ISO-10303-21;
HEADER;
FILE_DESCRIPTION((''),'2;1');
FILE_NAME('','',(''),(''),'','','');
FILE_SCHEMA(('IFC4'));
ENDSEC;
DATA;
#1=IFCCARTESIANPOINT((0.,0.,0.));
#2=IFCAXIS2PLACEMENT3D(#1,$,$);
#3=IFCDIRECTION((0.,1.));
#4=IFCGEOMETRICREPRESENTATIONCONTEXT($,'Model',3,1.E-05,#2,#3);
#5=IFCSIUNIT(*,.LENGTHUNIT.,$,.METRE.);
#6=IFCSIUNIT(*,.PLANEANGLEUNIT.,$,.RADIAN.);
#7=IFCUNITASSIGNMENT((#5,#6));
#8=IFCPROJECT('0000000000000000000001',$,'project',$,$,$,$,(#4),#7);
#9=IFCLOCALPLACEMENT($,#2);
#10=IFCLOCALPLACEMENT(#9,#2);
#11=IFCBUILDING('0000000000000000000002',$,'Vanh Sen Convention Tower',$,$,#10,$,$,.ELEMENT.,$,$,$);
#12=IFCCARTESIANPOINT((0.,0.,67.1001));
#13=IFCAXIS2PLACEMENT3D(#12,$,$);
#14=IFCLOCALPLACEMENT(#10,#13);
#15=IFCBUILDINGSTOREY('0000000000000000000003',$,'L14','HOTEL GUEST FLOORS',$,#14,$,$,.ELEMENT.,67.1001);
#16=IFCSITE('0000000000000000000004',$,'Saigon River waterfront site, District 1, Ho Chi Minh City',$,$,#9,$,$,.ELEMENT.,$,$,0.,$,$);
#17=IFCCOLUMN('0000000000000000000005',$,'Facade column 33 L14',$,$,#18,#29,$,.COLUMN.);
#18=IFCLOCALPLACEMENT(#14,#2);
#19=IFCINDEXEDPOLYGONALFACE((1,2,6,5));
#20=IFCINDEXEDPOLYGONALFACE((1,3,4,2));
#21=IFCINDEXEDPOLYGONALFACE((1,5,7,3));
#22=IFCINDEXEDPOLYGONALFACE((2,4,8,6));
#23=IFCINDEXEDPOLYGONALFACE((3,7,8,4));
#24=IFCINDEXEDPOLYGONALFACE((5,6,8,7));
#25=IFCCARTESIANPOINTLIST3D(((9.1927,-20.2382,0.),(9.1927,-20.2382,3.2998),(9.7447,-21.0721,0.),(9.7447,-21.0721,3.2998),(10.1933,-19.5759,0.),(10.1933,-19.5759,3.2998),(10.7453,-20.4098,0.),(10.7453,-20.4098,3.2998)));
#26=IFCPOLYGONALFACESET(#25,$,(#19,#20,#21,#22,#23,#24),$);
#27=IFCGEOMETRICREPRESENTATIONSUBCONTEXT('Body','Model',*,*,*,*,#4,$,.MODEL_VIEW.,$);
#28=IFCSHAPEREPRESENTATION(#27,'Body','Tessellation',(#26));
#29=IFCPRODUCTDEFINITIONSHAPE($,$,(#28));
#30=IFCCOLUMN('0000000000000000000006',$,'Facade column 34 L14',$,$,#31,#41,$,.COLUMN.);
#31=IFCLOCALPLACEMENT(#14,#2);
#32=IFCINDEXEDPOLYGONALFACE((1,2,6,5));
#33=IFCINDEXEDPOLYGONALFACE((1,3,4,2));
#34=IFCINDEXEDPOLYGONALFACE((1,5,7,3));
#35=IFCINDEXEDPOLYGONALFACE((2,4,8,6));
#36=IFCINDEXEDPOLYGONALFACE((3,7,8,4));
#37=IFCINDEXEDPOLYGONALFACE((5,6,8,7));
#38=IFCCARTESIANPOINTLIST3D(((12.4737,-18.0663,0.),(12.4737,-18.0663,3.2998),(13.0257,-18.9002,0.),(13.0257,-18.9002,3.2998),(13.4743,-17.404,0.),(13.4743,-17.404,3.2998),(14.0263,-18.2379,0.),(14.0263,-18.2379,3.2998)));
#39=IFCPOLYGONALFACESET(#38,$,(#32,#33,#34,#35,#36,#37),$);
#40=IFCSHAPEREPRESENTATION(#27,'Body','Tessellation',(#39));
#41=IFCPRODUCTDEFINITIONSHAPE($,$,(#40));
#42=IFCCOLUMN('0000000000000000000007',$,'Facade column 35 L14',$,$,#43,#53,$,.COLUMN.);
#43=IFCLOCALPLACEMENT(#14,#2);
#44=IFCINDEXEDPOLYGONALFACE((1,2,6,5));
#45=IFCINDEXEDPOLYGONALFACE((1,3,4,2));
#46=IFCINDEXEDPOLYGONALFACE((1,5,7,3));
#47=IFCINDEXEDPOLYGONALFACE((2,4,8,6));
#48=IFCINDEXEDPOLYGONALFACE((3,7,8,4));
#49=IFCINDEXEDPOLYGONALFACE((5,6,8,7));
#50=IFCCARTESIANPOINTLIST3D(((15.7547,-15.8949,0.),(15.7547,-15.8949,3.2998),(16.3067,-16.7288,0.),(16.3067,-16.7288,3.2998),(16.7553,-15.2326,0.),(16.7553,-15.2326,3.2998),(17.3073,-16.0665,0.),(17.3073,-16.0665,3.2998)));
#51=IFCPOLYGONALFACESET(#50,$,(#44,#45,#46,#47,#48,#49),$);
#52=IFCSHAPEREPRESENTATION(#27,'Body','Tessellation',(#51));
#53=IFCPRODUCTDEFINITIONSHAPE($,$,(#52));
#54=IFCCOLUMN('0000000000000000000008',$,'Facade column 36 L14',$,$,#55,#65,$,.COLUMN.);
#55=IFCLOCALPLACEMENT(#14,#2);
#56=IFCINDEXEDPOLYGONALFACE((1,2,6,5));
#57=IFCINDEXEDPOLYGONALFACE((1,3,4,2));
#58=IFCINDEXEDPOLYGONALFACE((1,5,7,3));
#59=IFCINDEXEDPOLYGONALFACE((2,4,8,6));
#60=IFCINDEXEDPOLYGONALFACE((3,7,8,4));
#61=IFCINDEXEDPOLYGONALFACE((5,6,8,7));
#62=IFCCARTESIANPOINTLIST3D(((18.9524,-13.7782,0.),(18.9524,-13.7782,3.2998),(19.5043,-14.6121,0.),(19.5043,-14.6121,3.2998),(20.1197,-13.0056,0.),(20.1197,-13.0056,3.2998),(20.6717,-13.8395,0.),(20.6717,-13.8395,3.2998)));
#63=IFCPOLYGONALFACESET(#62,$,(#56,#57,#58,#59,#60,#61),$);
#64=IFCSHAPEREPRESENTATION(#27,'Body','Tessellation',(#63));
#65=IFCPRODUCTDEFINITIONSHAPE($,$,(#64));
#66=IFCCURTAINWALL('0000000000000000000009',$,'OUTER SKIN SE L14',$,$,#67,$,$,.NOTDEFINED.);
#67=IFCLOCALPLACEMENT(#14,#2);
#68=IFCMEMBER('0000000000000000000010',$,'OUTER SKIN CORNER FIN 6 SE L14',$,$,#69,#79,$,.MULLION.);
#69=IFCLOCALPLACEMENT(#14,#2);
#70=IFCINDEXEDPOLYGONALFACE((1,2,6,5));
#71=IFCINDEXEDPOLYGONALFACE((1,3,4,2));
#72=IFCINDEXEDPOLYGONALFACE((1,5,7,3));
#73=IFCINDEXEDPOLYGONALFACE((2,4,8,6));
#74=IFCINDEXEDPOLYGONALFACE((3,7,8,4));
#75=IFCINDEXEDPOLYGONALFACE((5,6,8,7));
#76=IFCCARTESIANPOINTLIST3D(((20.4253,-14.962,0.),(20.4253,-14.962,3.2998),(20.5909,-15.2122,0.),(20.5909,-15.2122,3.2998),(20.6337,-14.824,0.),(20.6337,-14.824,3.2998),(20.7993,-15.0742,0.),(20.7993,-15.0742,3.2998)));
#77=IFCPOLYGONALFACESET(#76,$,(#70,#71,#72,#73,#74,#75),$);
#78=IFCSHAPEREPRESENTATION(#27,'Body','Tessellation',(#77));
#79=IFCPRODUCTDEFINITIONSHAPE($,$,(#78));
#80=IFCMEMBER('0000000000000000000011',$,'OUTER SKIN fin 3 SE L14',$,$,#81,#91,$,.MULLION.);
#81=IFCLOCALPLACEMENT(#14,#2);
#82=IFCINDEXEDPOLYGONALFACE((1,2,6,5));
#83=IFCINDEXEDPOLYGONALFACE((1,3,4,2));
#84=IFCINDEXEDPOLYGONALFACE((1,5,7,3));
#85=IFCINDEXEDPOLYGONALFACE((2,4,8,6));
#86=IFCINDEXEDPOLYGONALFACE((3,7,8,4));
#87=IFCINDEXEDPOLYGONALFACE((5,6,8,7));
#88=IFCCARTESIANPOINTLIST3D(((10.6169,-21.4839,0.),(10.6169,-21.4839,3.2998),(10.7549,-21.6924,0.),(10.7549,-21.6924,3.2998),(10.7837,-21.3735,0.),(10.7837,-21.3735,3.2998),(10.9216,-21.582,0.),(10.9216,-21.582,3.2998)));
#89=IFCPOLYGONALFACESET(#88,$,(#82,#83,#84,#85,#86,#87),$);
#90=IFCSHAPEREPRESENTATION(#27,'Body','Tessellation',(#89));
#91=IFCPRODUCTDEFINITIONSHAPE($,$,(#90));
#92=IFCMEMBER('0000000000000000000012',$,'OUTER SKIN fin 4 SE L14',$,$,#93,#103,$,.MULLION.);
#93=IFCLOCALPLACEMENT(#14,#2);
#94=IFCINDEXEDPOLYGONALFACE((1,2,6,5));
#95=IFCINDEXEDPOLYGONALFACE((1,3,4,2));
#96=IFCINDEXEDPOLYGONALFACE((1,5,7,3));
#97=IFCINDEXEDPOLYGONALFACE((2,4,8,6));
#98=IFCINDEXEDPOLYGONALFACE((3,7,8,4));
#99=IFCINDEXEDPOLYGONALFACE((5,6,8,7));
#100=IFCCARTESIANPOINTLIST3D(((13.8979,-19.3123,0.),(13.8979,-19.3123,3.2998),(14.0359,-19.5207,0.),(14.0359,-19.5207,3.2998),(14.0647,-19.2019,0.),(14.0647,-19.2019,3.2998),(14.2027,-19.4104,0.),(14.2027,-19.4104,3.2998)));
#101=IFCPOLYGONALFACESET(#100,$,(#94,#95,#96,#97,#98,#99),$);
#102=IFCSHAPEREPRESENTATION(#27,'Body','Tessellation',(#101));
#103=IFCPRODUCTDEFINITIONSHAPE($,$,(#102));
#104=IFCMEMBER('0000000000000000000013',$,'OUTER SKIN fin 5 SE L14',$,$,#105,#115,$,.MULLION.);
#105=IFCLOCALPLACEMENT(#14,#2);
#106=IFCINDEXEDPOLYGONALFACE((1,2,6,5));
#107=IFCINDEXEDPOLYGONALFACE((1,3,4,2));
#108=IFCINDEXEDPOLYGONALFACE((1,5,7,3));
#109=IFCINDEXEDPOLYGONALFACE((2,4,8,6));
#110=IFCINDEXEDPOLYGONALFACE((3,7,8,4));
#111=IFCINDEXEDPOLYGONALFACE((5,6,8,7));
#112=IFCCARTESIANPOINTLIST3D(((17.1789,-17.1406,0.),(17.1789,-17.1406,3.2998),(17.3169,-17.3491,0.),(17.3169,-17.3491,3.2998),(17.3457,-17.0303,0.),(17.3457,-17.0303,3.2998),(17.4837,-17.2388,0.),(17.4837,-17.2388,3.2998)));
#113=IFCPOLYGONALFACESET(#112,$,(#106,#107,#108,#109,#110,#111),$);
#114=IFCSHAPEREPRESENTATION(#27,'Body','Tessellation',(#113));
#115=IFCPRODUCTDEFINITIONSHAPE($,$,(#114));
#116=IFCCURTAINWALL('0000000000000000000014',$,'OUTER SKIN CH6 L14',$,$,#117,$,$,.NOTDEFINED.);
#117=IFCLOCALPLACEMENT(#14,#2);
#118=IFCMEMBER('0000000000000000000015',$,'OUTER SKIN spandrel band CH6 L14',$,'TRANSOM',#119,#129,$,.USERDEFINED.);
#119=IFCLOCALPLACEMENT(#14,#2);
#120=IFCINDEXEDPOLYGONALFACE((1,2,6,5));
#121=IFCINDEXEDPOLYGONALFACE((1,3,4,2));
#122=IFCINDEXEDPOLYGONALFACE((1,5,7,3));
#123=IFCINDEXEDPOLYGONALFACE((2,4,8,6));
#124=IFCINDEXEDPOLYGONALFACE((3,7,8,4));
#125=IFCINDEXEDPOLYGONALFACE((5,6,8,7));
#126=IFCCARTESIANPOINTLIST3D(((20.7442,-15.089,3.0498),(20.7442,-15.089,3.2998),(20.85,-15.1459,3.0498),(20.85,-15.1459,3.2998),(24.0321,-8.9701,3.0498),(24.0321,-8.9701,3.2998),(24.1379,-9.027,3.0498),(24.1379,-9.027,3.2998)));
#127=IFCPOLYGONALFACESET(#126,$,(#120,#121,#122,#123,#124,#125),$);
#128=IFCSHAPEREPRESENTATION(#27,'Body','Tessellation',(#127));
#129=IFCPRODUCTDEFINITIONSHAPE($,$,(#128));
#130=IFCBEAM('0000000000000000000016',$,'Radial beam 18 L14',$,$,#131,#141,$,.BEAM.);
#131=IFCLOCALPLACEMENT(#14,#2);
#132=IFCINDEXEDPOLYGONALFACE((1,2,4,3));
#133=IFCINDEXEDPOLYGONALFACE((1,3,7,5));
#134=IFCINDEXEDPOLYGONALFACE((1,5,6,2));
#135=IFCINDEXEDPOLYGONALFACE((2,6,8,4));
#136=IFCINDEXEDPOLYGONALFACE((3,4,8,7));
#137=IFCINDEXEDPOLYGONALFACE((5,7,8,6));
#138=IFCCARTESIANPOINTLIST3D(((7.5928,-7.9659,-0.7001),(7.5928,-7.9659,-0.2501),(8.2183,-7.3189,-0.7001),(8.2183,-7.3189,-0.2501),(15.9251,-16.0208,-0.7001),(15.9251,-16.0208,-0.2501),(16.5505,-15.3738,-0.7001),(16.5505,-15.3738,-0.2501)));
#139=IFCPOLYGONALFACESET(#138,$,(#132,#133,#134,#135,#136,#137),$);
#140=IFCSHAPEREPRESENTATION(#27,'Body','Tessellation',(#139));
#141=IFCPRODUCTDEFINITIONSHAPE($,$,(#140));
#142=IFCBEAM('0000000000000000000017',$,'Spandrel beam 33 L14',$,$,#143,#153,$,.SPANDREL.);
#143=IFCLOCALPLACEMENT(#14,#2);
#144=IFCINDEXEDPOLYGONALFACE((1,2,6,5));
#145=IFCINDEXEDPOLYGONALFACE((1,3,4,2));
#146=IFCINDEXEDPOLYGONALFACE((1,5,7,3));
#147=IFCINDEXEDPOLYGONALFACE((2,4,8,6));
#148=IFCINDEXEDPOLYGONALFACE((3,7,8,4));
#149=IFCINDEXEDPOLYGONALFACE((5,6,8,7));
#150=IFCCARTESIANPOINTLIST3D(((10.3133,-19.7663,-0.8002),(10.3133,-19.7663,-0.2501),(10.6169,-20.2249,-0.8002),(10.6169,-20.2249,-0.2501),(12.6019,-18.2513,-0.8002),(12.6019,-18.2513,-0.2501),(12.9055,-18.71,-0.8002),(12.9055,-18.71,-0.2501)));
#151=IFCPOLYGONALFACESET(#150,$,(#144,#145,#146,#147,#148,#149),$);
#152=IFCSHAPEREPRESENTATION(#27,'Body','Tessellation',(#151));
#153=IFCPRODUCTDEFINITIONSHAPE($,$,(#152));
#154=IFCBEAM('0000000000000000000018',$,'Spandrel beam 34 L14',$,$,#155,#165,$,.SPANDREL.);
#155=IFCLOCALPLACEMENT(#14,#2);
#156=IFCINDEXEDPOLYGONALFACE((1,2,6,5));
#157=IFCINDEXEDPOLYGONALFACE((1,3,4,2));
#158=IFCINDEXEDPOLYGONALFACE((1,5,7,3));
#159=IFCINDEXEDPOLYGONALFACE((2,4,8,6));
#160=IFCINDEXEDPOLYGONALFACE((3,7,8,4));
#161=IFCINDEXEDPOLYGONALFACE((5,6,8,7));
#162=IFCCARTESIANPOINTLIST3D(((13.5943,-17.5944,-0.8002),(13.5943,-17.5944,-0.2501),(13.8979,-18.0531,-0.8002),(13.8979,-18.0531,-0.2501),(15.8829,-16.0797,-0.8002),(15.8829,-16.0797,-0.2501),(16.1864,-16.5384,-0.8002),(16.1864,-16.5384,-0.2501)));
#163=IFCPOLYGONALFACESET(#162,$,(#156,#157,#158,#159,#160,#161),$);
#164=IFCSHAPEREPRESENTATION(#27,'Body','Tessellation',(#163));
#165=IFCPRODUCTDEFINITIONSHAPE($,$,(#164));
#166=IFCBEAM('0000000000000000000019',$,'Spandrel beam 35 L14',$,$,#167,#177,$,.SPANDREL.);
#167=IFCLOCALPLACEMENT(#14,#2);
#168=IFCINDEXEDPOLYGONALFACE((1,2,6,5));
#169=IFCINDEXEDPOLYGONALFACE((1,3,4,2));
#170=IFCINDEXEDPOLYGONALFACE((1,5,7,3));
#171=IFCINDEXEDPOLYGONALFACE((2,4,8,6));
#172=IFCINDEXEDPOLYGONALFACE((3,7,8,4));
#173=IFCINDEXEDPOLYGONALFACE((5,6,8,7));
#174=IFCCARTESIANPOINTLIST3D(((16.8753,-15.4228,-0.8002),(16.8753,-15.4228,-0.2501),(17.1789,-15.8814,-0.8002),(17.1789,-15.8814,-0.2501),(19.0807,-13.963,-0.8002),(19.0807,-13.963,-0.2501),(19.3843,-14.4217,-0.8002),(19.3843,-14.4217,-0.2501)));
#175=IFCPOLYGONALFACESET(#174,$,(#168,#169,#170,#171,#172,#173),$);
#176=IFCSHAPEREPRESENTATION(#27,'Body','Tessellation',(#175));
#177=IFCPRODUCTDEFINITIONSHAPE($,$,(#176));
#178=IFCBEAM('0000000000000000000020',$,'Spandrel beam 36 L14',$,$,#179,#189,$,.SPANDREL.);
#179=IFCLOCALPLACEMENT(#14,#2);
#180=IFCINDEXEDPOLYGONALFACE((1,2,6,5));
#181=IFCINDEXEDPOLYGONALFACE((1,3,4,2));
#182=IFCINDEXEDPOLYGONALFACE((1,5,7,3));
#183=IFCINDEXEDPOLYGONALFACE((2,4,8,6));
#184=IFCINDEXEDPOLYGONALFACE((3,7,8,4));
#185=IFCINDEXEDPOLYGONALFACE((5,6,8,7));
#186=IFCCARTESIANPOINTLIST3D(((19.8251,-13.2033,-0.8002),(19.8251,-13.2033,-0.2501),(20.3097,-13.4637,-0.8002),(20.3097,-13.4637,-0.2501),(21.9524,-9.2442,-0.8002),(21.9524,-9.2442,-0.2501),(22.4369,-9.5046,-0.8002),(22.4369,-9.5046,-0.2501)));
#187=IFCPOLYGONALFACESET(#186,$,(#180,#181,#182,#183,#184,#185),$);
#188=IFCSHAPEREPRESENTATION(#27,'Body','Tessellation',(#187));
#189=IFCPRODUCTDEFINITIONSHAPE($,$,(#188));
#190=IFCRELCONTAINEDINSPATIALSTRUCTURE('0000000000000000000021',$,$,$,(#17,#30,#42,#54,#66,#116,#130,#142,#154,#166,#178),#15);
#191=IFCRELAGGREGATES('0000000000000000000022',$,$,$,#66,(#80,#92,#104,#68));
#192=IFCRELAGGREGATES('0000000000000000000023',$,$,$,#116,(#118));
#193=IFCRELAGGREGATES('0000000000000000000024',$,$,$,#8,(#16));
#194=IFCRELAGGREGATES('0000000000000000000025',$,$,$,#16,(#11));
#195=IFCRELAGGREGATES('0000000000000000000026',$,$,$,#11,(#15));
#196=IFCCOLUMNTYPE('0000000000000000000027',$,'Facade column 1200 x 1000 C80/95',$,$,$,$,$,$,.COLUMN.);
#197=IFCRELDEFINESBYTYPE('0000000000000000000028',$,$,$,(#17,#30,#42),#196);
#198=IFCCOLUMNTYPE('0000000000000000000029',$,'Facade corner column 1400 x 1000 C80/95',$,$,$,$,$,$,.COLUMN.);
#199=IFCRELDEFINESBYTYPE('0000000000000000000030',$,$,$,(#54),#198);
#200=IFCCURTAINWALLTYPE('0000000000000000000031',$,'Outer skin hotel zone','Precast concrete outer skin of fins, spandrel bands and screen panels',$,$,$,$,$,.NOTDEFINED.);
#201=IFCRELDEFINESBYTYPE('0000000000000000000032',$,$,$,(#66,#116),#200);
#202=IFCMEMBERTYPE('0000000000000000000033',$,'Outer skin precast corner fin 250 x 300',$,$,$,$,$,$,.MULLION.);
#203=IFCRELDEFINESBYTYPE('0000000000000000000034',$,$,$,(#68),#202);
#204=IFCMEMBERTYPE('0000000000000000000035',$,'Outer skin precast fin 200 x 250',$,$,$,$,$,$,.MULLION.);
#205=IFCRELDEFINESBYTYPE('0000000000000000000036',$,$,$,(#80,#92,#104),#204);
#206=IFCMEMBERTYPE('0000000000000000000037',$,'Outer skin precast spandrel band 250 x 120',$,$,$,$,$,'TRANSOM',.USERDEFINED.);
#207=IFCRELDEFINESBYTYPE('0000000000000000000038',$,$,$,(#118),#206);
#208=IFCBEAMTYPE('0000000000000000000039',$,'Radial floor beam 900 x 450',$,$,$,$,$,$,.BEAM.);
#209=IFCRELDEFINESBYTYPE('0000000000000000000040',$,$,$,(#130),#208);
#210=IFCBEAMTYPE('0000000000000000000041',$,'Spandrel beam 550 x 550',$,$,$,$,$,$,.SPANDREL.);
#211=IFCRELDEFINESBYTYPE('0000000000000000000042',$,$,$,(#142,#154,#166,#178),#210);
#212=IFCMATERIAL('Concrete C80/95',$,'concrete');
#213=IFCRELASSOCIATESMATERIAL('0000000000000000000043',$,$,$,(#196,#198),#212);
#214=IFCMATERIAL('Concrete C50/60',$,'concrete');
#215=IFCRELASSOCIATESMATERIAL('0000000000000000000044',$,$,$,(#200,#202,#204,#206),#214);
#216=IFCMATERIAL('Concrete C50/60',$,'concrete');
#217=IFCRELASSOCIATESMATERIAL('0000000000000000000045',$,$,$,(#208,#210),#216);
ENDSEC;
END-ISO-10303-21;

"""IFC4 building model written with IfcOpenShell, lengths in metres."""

from ifc_helpers import new_model, si_unit, direction, frame, origin, origin_2d, place, context, subcontext, project, spatial, rectangle, extrude, material, material_profile, profile_set, type_object, element, aggregate, save


model = new_model("IFC4")

# Units and contexts
model_context = context("Model", 3, precision=1e-05, world=origin(), true_north=direction((0.0, 1.0)))
body_context = subcontext(model_context, "Body", "Model", "MODEL_VIEW")
ifc_project = project(units=[si_unit("LENGTHUNIT", "METRE"), si_unit("PLANEANGLEUNIT", "RADIAN")], contexts=[model_context])

# Site, building, storey
site_placement = place(None, origin())
site = spatial("IfcSite", under=ifc_project, at=site_placement, Name="Saigon River waterfront site, District 1, Ho Chi Minh City", CompositionType="ELEMENT", RefElevation=0.0)
building_placement = place(site_placement, origin())
building = spatial("IfcBuilding", under=site, at=building_placement, Name="Vanh Sen Convention Tower", CompositionType="ELEMENT")
storey_placement = place(building_placement, frame((0.0, 0.0, 67.1001)))
storey = spatial("IfcBuildingStorey", under=building, at=storey_placement, Name="L14", Description="HOTEL GUEST FLOORS", CompositionType="ELEMENT", Elevation=67.1001)

# Columns
ifc_material_1 = material(Name="Concrete C80/95", Category="concrete")
ifc_material_profile_1 = material_profile(ifc_material_1, rectangle(XDim=1.2, YDim=1.0, at=origin_2d()), Name="RC 1200X1000")
ifc_profile_set_1 = profile_set([ifc_material_profile_1], Name="Concrete C80/95")
column_type_1 = type_object("IfcColumnType", Name="Facade column 1200 x 1000 C80/95", PredefinedType="COLUMN", material=ifc_profile_set_1)
for number, where, z_axis, x_axis, name in (
    (1, (9.969, -20.324, 0.0), (0.0, 0.0, 1.0), (0.833886, 0.551937, 0.0), "Facade column 33 L14"),
    (2, (13.25, -18.1521, 0.0), (0.0, 0.0, 1.0), (0.833886, 0.551937, 0.0), "Facade column 34 L14"),
    (3, (16.531, -15.9807, 0.0), (0.0, 0.0, 1.0), (0.833886, 0.551937, 0.0), "Facade column 35 L14"),
):
    element("IfcColumn", number, at=place(storey_placement, frame(where, z_axis=z_axis, x_axis=x_axis)), inside=storey, type_object=column_type_1, Name=name, PredefinedType="COLUMN", context=body_context, shape_type="SweptSolid", body=[
        extrude(rectangle(XDim=1.2, YDim=1.0, at=origin_2d()), origin(), (0.0, 0.0, 1.0), 3.2998),
    ])
ifc_material_profile_2 = material_profile(ifc_material_1, rectangle(XDim=1.3999, YDim=1.0, at=origin_2d()), Name="RC 1400X1000")
ifc_profile_set_2 = profile_set([ifc_material_profile_2], Name="Concrete C80/95")
column_type_2 = type_object("IfcColumnType", Name="Facade corner column 1400 x 1000 C80/95", PredefinedType="COLUMN", material=ifc_profile_set_2)
column_placement = place(storey_placement, frame((19.812, -13.8088, 0.0), z_axis=(0.0, 0.0, 1.0), x_axis=(0.833886, 0.551937, 0.0)))
element("IfcColumn", 4, at=column_placement, inside=storey, type_object=column_type_2, Name="Facade column 36 L14", PredefinedType="COLUMN", context=body_context, shape_type="SweptSolid", body=[
    extrude(rectangle(XDim=1.3999, YDim=1.0, at=origin_2d()), origin(), (0.0, 0.0, 1.0), 3.2998),
])

# Curtain wall, members
ifc_material_2 = material(Name="Concrete C50/60", Category="concrete")
curtain_wall_type = type_object("IfcCurtainWallType", Name="Outer skin hotel zone", Description="Precast concrete outer skin of fins, spandrel bands and screen panels", PredefinedType="NOTDEFINED", material=ifc_material_2)
curtain_wall_1_placement = place(storey_placement, origin())
curtain_wall_1 = element("IfcCurtainWall", 5, at=curtain_wall_1_placement, inside=storey, type_object=curtain_wall_type, Name="OUTER SKIN SE L14", PredefinedType="NOTDEFINED")
ifc_material_profile_3 = material_profile(ifc_material_2, rectangle(XDim=0.25, YDim=0.3, at=origin_2d()), Name="Outer skin precast corner fin 250 x 300")
ifc_profile_set_3 = profile_set([ifc_material_profile_3], Name="Concrete C50/60")
member_type_1 = type_object("IfcMemberType", Name="Outer skin precast corner fin 250 x 300", PredefinedType="MULLION", material=ifc_profile_set_3)
member_1_placement = place(storey_placement, frame((20.6123, -15.0181, 0.0), z_axis=(0.0, 0.0, 1.0), x_axis=(0.833886, 0.551937, 0.0)))
member_1 = element("IfcMember", 6, at=member_1_placement, type_object=member_type_1, Name="OUTER SKIN CORNER FIN 6 SE L14", PredefinedType="MULLION", context=body_context, shape_type="SweptSolid", body=[
    extrude(rectangle(XDim=0.25, YDim=0.3, at=origin_2d()), origin(), (0.0, 0.0, 1.0), 3.2998),
])
ifc_material_profile_4 = material_profile(ifc_material_2, rectangle(XDim=0.2, YDim=0.25, at=origin_2d()), Name="Outer skin precast fin 200 x 250")
ifc_profile_set_4 = profile_set([ifc_material_profile_4], Name="Concrete C50/60")
member_type_2 = type_object("IfcMemberType", Name="Outer skin precast fin 200 x 250", PredefinedType="MULLION", material=ifc_profile_set_4)
member_2_placement = place(storey_placement, frame((10.7693, -21.533, 0.0), z_axis=(0.0, 0.0, 1.0), x_axis=(0.833886, 0.551937, 0.0)))
member_2 = element("IfcMember", 7, at=member_2_placement, type_object=member_type_2, Name="OUTER SKIN fin 3 SE L14", PredefinedType="MULLION", context=body_context, shape_type="SweptSolid", body=[
    extrude(rectangle(XDim=0.2, YDim=0.25, at=origin_2d()), origin(), (0.0, 0.0, 1.0), 3.2998),
])
member_3_placement = place(storey_placement, frame((14.0503, -19.3613, 0.0), z_axis=(0.0, 0.0, 1.0), x_axis=(0.833886, 0.551937, 0.0)))
member_3 = element("IfcMember", 8, at=member_3_placement, type_object=member_type_2, Name="OUTER SKIN fin 4 SE L14", PredefinedType="MULLION", context=body_context, shape_type="SweptSolid", body=[
    extrude(rectangle(XDim=0.2, YDim=0.25, at=origin_2d()), origin(), (0.0, 0.0, 1.0), 3.2998),
])
member_4_placement = place(storey_placement, frame((17.3313, -17.1897, 0.0), z_axis=(0.0, 0.0, 1.0), x_axis=(0.833886, 0.551937, 0.0)))
member_4 = element("IfcMember", 9, at=member_4_placement, type_object=member_type_2, Name="OUTER SKIN fin 5 SE L14", PredefinedType="MULLION", context=body_context, shape_type="SweptSolid", body=[
    extrude(rectangle(XDim=0.2, YDim=0.25, at=origin_2d()), origin(), (0.0, 0.0, 1.0), 3.2998),
])

# Curtain wall, member
curtain_wall_2_placement = place(storey_placement, origin())
curtain_wall_2 = element("IfcCurtainWall", 10, at=curtain_wall_2_placement, inside=storey, type_object=curtain_wall_type, Name="OUTER SKIN CH6 L14", PredefinedType="NOTDEFINED")
ifc_material_profile_5 = material_profile(ifc_material_2, rectangle(XDim=0.1201, YDim=0.25, at=origin_2d()), Name="Outer skin precast spandrel band 250 x 120")
ifc_profile_set_5 = profile_set([ifc_material_profile_5], Name="Concrete C50/60")
member_type_3 = type_object("IfcMemberType", Name="Outer skin precast spandrel band 250 x 120", ElementType="TRANSOM", PredefinedType="USERDEFINED", material=ifc_profile_set_5)
member_5_placement = place(storey_placement, frame((20.7971, -15.1174, 3.1748), z_axis=(0.473324, 0.880888, 0.0), x_axis=(-0.880888, 0.473324, 0.0)))
member_5 = element("IfcMember", 11, at=member_5_placement, type_object=member_type_3, Name="OUTER SKIN spandrel band CH6 L14", ObjectType="TRANSOM", PredefinedType="USERDEFINED", context=body_context, shape_type="SweptSolid", body=[
    extrude(rectangle(XDim=0.1201, YDim=0.25, at=origin_2d()), origin(), (0.0, 0.0, 1.0), 6.9463),
])

# Beams
ifc_material_3 = material(Name="Concrete C50/60", Category="concrete")
ifc_material_profile_6 = material_profile(ifc_material_3, rectangle(XDim=0.8999, YDim=0.45, at=origin_2d()), Name="RC 900X450")
ifc_profile_set_6 = profile_set([ifc_material_profile_6], Name="Concrete C50/60")
beam_type_1 = type_object("IfcBeamType", Name="Radial floor beam 900 x 450", PredefinedType="BEAM", material=ifc_profile_set_6)
beam_1_placement = place(storey_placement, frame((16.2378, -15.6973, -0.4751), z_axis=(-0.718971, 0.69504, 0.0), x_axis=(-0.69504, -0.718971, 0.0)))
element("IfcBeam", 12, at=beam_1_placement, inside=storey, type_object=beam_type_1, Name="Radial beam 18 L14", PredefinedType="BEAM", context=body_context, shape_type="SweptSolid", body=[
    extrude(rectangle(XDim=0.8999, YDim=0.45, at=origin_2d()), origin(), (0.0, 0.0, 1.0), 11.5891),
])
ifc_material_profile_7 = material_profile(ifc_material_3, rectangle(XDim=0.55, YDim=0.55, at=origin_2d()), Name="RC 550X550")
ifc_profile_set_7 = profile_set([ifc_material_profile_7], Name="Concrete C50/60")
beam_type_2 = type_object("IfcBeamType", Name="Spandrel beam 550 x 550", PredefinedType="SPANDREL", material=ifc_profile_set_7)
beam_2_placement = place(storey_placement, frame((10.4651, -19.9956, -0.5251), z_axis=(0.833866, 0.551967, 0.0), x_axis=(-0.551967, 0.833866, 0.0)))
element("IfcBeam", 13, at=beam_2_placement, inside=storey, type_object=beam_type_2, Name="Spandrel beam 33 L14", PredefinedType="SPANDREL", context=body_context, shape_type="SweptSolid", body=[
    extrude(rectangle(XDim=0.55, YDim=0.55, at=origin_2d()), origin(), (0.0, 0.0, 1.0), 2.7446),
])
beam_3_placement = place(storey_placement, frame((13.7461, -17.8237, -0.5251), z_axis=(0.833907, 0.551905, 0.0), x_axis=(-0.551905, 0.833907, 0.0)))
element("IfcBeam", 14, at=beam_3_placement, inside=storey, type_object=beam_type_2, Name="Spandrel beam 34 L14", PredefinedType="SPANDREL", context=body_context, shape_type="SweptSolid", body=[
    extrude(rectangle(XDim=0.55, YDim=0.55, at=origin_2d()), origin(), (0.0, 0.0, 1.0), 2.7444),
])
beam_4_placement = place(storey_placement, frame((17.0271, -15.6521, -0.5251), z_axis=(0.833878, 0.551949, 0.0), x_axis=(-0.551949, 0.833878, 0.0)))
element("IfcBeam", 15, at=beam_4_placement, inside=storey, type_object=beam_type_2, Name="Spandrel beam 35 L14", PredefinedType="SPANDREL", context=body_context, shape_type="SweptSolid", body=[
    extrude(rectangle(XDim=0.55, YDim=0.55, at=origin_2d()), origin(), (0.0, 0.0, 1.0), 2.6448),
])
beam_5_placement = place(storey_placement, frame((20.0674, -13.3335, -0.5251), z_axis=(0.473312, 0.880895, 0.0), x_axis=(-0.880895, 0.473312, 0.0)))
element("IfcBeam", 16, at=beam_5_placement, inside=storey, type_object=beam_type_2, Name="Spandrel beam 36 L14", PredefinedType="SPANDREL", context=body_context, shape_type="SweptSolid", body=[
    extrude(rectangle(XDim=0.55, YDim=0.55, at=origin_2d()), origin(), (0.0, 0.0, 1.0), 4.4944),
])

aggregate(curtain_wall_1, [member_2, member_3, member_4, member_1])
aggregate(curtain_wall_2, [member_5])

save(model, "model.ifc")
